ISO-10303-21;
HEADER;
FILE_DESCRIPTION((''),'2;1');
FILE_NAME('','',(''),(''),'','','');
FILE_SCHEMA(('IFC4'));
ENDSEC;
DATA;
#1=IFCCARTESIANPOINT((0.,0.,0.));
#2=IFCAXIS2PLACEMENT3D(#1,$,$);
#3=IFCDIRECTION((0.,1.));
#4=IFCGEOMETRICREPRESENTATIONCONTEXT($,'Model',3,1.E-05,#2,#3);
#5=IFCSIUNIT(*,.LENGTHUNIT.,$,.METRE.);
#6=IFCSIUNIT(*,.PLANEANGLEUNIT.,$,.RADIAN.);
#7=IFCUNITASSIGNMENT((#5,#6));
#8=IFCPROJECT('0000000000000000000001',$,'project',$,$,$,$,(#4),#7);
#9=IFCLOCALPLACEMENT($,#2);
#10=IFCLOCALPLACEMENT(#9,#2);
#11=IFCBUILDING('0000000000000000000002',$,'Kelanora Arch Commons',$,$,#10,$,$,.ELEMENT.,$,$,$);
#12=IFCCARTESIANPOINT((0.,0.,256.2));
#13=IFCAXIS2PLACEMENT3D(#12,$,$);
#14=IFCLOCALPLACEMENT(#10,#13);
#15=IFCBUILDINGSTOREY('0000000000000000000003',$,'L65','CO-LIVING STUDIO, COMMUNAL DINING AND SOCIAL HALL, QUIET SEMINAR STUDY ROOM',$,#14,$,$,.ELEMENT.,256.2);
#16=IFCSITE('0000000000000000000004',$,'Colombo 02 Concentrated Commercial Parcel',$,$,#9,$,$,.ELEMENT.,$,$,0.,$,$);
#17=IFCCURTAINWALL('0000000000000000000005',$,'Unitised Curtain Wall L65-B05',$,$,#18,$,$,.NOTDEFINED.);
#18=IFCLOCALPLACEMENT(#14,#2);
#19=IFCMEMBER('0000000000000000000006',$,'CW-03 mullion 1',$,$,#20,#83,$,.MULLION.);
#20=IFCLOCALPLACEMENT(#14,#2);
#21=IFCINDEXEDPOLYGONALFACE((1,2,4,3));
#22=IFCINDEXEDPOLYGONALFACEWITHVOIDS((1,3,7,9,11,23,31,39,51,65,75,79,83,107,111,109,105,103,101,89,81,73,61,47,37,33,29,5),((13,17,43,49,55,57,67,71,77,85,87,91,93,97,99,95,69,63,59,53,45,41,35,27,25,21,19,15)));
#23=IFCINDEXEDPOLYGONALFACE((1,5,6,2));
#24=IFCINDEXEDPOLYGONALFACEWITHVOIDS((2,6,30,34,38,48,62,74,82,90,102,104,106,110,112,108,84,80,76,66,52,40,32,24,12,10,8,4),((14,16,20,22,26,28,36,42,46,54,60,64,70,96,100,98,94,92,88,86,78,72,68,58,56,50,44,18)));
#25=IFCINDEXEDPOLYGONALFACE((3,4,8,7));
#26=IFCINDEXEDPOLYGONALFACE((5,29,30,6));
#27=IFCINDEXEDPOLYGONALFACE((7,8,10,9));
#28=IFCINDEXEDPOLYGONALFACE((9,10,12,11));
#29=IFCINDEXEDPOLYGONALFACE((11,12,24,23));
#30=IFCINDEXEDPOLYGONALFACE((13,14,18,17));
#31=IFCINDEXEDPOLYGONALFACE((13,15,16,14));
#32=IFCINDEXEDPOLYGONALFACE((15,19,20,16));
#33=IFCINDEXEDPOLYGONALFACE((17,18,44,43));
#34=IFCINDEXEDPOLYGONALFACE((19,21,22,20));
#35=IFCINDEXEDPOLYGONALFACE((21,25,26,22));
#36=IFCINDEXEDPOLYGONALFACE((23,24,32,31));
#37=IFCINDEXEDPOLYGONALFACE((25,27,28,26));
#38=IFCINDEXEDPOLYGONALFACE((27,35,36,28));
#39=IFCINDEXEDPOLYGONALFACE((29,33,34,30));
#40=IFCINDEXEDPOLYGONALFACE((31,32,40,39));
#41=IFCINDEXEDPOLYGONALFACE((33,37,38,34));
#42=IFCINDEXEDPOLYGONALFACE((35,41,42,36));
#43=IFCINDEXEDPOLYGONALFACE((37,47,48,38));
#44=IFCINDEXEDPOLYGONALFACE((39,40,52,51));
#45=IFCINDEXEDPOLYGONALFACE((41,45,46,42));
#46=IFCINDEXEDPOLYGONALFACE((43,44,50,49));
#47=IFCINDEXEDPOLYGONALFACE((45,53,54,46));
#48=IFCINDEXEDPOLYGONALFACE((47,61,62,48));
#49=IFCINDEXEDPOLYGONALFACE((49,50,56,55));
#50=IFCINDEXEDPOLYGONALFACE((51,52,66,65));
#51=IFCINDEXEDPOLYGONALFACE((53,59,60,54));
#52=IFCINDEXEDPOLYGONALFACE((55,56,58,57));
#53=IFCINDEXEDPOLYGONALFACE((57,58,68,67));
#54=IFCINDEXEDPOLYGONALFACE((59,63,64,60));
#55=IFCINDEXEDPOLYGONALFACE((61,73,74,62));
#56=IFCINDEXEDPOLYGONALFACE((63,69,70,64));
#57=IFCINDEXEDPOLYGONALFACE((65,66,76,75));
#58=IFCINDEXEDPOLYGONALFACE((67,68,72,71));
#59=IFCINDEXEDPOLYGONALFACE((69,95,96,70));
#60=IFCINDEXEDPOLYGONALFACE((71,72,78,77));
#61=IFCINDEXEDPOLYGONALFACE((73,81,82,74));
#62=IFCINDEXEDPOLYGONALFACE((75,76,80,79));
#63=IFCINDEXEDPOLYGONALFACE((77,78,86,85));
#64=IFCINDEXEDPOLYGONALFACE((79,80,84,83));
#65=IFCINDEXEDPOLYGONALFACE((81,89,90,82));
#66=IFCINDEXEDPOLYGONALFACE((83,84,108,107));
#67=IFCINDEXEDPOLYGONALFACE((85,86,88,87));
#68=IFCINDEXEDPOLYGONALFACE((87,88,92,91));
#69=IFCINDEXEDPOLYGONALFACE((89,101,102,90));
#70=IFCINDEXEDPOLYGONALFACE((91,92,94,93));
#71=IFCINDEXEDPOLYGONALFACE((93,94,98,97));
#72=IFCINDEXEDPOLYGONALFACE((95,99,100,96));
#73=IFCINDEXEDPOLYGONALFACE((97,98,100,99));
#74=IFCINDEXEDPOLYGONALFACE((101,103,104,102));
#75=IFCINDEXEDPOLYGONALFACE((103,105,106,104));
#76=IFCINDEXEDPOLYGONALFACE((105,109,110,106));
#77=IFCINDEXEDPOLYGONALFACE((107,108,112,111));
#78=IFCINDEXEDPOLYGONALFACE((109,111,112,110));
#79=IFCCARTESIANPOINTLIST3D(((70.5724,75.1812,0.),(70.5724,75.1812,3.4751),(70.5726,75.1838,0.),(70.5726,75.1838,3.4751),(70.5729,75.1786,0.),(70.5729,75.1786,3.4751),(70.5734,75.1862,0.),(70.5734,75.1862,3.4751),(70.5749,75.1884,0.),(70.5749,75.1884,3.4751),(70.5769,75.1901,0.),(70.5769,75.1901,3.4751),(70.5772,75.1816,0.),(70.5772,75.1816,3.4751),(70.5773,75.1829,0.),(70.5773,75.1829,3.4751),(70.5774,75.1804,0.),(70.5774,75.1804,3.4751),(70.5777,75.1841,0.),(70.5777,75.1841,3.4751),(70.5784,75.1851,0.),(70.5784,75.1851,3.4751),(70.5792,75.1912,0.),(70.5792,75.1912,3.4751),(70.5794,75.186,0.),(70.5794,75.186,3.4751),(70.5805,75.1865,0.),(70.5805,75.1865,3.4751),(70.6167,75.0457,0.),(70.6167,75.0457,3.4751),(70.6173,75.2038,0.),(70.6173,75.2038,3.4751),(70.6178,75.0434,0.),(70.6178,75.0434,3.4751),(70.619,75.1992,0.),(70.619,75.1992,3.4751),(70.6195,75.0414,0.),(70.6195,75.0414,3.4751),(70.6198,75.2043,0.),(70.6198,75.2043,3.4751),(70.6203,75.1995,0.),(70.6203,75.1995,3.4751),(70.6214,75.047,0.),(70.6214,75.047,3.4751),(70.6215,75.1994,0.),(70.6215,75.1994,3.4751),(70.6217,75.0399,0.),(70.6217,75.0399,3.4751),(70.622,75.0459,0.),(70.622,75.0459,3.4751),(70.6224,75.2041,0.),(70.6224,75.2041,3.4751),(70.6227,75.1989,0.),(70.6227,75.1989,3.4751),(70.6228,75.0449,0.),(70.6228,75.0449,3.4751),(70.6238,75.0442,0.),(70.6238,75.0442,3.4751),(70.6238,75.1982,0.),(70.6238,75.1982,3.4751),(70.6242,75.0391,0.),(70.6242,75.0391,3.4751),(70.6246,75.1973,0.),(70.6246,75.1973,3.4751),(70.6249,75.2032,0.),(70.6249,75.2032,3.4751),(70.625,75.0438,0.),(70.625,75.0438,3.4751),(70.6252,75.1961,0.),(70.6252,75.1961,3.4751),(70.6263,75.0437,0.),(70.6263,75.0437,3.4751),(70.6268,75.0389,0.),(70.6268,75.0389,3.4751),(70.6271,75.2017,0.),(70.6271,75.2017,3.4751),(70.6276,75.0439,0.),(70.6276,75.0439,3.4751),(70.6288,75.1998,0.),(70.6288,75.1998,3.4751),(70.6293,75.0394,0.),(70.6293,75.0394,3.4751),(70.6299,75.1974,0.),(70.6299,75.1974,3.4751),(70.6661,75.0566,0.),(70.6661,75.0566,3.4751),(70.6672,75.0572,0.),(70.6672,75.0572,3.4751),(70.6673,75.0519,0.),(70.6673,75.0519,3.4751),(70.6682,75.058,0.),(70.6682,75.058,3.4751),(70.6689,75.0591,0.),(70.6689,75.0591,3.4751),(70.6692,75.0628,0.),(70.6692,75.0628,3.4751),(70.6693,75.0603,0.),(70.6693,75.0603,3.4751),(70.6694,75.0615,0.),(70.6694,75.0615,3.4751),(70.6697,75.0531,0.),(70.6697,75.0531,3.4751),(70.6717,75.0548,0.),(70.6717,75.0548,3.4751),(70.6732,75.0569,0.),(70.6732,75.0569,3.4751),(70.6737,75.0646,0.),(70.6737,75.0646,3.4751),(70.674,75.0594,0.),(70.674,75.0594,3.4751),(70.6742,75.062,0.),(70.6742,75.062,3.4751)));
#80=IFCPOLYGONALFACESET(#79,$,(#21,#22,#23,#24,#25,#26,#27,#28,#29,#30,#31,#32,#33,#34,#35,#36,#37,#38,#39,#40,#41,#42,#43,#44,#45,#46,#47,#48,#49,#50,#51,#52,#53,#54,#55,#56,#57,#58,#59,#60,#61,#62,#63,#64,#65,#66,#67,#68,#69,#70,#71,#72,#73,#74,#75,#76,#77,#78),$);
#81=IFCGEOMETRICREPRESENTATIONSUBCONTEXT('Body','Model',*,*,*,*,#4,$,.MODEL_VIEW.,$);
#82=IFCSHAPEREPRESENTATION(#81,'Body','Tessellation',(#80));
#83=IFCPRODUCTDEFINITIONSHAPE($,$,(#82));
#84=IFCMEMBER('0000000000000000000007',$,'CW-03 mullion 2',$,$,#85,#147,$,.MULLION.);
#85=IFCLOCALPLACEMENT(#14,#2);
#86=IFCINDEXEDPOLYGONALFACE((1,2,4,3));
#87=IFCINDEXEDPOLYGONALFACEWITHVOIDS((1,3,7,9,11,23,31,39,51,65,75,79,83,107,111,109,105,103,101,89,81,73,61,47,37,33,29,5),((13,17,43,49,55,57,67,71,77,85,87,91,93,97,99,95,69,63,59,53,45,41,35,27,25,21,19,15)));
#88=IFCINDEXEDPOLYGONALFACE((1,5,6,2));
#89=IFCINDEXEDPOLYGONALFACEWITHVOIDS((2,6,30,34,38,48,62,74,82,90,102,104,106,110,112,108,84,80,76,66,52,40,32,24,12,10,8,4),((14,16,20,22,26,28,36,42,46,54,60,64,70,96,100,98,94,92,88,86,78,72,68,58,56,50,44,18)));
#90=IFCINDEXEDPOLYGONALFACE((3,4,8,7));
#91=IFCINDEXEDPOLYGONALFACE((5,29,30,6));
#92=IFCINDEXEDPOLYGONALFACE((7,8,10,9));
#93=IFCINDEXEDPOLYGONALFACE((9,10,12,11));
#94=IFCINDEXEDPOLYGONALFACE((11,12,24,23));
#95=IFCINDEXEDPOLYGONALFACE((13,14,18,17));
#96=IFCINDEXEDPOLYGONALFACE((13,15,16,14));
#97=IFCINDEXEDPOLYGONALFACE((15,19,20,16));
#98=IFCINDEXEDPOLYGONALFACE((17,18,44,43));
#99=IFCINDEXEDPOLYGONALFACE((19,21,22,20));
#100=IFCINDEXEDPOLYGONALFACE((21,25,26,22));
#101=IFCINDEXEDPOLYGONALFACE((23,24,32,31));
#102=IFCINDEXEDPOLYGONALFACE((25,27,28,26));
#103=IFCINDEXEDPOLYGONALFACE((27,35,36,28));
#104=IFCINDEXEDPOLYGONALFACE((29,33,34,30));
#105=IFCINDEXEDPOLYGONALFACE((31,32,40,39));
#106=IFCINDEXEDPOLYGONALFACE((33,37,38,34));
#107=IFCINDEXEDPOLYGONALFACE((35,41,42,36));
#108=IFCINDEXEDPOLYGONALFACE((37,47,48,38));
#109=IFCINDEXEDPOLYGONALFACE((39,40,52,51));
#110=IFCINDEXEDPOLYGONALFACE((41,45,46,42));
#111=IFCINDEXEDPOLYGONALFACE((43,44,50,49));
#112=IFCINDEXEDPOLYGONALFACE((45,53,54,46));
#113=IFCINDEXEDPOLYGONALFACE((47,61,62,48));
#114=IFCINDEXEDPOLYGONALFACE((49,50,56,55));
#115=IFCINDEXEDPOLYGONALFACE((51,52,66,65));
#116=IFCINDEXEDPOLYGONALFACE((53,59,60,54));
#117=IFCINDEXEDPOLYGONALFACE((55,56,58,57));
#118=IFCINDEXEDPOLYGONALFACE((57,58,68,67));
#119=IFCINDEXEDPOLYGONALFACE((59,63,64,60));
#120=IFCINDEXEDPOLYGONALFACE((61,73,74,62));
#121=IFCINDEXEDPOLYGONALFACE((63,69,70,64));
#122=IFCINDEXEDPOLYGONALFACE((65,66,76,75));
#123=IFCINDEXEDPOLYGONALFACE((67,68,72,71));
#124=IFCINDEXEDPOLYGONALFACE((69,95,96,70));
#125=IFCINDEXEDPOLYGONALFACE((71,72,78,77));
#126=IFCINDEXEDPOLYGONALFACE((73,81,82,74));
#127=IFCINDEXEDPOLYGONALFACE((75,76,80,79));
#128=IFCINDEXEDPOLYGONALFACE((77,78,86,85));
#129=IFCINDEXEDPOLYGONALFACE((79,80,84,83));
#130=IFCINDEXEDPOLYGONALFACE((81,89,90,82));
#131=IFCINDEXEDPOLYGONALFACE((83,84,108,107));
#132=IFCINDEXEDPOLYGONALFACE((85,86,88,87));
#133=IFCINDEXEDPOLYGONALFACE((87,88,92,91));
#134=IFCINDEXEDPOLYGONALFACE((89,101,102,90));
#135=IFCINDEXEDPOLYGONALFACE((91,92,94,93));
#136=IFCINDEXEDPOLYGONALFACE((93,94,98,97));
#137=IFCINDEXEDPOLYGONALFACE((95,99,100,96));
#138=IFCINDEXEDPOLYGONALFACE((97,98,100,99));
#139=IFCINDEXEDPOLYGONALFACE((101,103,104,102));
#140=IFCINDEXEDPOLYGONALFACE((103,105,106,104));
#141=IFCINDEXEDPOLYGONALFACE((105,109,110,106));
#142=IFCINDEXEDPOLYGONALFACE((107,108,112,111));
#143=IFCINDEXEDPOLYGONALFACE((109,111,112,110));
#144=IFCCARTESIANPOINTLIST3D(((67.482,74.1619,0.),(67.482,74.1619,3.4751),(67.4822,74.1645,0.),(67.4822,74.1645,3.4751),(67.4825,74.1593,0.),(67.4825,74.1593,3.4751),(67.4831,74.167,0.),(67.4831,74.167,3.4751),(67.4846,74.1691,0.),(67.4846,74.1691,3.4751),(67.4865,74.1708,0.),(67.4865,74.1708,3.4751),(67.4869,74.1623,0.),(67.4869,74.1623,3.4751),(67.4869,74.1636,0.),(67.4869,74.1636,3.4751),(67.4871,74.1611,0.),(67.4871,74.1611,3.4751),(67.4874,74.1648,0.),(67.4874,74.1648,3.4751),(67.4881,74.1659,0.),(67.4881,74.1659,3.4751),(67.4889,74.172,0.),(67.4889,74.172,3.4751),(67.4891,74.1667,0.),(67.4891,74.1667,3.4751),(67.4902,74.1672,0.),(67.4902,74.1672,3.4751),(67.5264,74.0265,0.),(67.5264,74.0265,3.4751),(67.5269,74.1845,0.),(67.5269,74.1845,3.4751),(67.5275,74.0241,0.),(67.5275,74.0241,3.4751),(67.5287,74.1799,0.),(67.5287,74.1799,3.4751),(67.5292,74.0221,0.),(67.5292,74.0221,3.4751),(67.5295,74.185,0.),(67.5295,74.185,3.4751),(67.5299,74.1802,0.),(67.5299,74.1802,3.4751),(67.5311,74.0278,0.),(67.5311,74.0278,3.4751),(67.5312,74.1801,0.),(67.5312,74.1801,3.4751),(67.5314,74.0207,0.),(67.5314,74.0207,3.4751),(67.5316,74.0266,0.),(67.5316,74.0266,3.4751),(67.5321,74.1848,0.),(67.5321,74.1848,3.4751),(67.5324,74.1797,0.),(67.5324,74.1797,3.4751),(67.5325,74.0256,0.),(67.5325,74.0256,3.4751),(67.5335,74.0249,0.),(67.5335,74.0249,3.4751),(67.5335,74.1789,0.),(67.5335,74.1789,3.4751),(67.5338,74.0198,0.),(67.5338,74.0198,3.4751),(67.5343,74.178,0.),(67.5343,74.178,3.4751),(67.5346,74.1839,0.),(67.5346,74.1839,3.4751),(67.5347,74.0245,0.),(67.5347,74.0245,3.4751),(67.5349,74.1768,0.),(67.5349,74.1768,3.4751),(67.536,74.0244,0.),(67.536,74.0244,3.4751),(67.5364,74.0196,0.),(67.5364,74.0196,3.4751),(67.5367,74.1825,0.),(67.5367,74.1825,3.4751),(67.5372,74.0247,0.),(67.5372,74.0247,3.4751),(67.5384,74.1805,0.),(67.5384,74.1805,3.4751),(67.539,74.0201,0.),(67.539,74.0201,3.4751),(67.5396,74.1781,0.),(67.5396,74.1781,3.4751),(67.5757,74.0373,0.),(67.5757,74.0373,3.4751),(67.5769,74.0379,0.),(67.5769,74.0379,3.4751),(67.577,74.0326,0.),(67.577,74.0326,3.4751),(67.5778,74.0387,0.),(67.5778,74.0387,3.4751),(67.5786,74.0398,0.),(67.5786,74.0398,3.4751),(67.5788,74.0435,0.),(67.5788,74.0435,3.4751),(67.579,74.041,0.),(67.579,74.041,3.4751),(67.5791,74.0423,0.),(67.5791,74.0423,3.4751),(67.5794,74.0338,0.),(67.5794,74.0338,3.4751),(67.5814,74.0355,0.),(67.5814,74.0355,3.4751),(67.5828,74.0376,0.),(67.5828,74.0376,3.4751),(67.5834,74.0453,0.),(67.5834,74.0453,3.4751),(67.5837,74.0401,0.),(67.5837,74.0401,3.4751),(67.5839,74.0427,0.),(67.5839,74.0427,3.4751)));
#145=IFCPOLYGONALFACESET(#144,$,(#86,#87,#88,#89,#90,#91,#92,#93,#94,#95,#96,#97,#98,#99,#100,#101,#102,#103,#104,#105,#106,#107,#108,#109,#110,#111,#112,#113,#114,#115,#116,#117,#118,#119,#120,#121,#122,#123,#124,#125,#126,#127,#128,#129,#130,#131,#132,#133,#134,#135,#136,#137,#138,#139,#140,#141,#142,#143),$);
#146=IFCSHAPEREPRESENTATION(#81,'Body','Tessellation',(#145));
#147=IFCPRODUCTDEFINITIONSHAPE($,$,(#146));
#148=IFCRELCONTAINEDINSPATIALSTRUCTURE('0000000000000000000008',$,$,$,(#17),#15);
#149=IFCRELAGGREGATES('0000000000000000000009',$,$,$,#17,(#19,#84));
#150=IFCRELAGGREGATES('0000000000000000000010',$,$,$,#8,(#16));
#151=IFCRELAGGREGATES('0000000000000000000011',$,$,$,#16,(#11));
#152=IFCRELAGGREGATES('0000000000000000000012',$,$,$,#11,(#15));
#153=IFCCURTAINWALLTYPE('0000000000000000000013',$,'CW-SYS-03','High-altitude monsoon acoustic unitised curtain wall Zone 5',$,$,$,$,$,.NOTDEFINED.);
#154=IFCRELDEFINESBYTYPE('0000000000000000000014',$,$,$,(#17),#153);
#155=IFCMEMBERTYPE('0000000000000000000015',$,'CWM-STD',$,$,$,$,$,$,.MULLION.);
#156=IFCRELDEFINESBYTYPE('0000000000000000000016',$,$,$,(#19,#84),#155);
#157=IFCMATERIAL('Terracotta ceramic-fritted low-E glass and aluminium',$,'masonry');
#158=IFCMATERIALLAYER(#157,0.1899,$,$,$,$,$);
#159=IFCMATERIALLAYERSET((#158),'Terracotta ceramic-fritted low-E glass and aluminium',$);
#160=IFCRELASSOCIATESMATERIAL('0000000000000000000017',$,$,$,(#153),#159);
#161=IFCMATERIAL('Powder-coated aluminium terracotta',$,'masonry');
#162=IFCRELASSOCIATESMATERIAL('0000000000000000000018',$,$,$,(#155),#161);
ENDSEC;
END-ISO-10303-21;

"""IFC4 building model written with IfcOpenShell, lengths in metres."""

from ifc_helpers import new_model, si_unit, direction, frame, origin, origin_2d, place, context, subcontext, project, spatial, hollow_rectangle, extrude, material, layer, layer_set, material_profile, profile_set, type_object, element, aggregate, save


model = new_model("IFC4")

# Units and contexts
model_context = context("Model", 3, precision=1e-05, world=origin(), true_north=direction((0.0, 1.0)))
body_context = subcontext(model_context, "Body", "Model", "MODEL_VIEW")
ifc_project = project(units=[si_unit("LENGTHUNIT", "METRE"), si_unit("PLANEANGLEUNIT", "RADIAN")], contexts=[model_context])

# Site, building, storey
site_placement = place(None, origin())
site = spatial("IfcSite", under=ifc_project, at=site_placement, Name="Colombo 02 Concentrated Commercial Parcel", CompositionType="ELEMENT", RefElevation=0.0)
building_placement = place(site_placement, origin())
building = spatial("IfcBuilding", under=site, at=building_placement, Name="Kelanora Arch Commons", CompositionType="ELEMENT")
storey_placement = place(building_placement, frame((0.0, 0.0, 256.2)))
storey = spatial("IfcBuildingStorey", under=building, at=storey_placement, Name="L65", Description="CO-LIVING STUDIO, COMMUNAL DINING AND SOCIAL HALL, QUIET SEMINAR STUDY ROOM", CompositionType="ELEMENT", Elevation=256.2)

# Curtain wall, members
ifc_material_1 = material(Name="Terracotta ceramic-fritted low-E glass and aluminium", Category="masonry")
ifc_layer_1 = layer(ifc_material_1, 0.1899)
ifc_layer_set_1 = layer_set([ifc_layer_1], Name="Terracotta ceramic-fritted low-E glass and aluminium")
curtain_wall_type = type_object("IfcCurtainWallType", Name="CW-SYS-03", Description="High-altitude monsoon acoustic unitised curtain wall Zone 5", PredefinedType="NOTDEFINED", material=ifc_layer_set_1)
curtain_wall_placement = place(storey_placement, origin())
curtain_wall = element("IfcCurtainWall", 1, at=curtain_wall_placement, inside=storey, type_object=curtain_wall_type, Name="Unitised Curtain Wall L65-B05", PredefinedType="NOTDEFINED")
ifc_material_2 = material(Name="Powder-coated aluminium terracotta", Category="masonry")
ifc_material_profile_1 = material_profile(ifc_material_2, hollow_rectangle(XDim=0.1599, YDim=0.0601, WallThickness=0.0049, InnerFilletRadius=0.0049, OuterFilletRadius=0.01, at=origin_2d()), Name="CWM160x60")
ifc_profile_set_1 = profile_set([ifc_material_profile_1], Name="Powder-coated aluminium terracotta")
member_type_1 = type_object("IfcMemberType", Name="CWM-STD", PredefinedType="MULLION", material=ifc_profile_set_1)
member_1_placement = place(storey_placement, frame((70.6233, 75.1216, 0.0), z_axis=(0.0, 0.0, 1.0), x_axis=(0.313253, -0.94967, 0.0)))
member_1 = element("IfcMember", 2, at=member_1_placement, type_object=member_type_1, Name="CW-03 mullion 1", PredefinedType="MULLION", context=body_context, shape_type="SweptSolid", body=[
    extrude(hollow_rectangle(XDim=0.1599, YDim=0.0601, WallThickness=0.0049, InnerFilletRadius=0.0049, OuterFilletRadius=0.01, at=origin_2d()), origin(), (0.0, 0.0, 1.0), 3.4751),
])
member_2_placement = place(storey_placement, frame((67.533, 74.1023, 0.0), z_axis=(0.0, 0.0, 1.0), x_axis=(0.313253, -0.94967, 0.0)))
member_2 = element("IfcMember", 3, at=member_2_placement, type_object=member_type_1, Name="CW-03 mullion 2", PredefinedType="MULLION", context=body_context, shape_type="SweptSolid", body=[
    extrude(hollow_rectangle(XDim=0.1599, YDim=0.0601, WallThickness=0.0049, InnerFilletRadius=0.0049, OuterFilletRadius=0.01, at=origin_2d()), origin(), (0.0, 0.0, 1.0), 3.4751),
])
aggregate(curtain_wall, [member_1, member_2])

save(model, "model.ifc")
